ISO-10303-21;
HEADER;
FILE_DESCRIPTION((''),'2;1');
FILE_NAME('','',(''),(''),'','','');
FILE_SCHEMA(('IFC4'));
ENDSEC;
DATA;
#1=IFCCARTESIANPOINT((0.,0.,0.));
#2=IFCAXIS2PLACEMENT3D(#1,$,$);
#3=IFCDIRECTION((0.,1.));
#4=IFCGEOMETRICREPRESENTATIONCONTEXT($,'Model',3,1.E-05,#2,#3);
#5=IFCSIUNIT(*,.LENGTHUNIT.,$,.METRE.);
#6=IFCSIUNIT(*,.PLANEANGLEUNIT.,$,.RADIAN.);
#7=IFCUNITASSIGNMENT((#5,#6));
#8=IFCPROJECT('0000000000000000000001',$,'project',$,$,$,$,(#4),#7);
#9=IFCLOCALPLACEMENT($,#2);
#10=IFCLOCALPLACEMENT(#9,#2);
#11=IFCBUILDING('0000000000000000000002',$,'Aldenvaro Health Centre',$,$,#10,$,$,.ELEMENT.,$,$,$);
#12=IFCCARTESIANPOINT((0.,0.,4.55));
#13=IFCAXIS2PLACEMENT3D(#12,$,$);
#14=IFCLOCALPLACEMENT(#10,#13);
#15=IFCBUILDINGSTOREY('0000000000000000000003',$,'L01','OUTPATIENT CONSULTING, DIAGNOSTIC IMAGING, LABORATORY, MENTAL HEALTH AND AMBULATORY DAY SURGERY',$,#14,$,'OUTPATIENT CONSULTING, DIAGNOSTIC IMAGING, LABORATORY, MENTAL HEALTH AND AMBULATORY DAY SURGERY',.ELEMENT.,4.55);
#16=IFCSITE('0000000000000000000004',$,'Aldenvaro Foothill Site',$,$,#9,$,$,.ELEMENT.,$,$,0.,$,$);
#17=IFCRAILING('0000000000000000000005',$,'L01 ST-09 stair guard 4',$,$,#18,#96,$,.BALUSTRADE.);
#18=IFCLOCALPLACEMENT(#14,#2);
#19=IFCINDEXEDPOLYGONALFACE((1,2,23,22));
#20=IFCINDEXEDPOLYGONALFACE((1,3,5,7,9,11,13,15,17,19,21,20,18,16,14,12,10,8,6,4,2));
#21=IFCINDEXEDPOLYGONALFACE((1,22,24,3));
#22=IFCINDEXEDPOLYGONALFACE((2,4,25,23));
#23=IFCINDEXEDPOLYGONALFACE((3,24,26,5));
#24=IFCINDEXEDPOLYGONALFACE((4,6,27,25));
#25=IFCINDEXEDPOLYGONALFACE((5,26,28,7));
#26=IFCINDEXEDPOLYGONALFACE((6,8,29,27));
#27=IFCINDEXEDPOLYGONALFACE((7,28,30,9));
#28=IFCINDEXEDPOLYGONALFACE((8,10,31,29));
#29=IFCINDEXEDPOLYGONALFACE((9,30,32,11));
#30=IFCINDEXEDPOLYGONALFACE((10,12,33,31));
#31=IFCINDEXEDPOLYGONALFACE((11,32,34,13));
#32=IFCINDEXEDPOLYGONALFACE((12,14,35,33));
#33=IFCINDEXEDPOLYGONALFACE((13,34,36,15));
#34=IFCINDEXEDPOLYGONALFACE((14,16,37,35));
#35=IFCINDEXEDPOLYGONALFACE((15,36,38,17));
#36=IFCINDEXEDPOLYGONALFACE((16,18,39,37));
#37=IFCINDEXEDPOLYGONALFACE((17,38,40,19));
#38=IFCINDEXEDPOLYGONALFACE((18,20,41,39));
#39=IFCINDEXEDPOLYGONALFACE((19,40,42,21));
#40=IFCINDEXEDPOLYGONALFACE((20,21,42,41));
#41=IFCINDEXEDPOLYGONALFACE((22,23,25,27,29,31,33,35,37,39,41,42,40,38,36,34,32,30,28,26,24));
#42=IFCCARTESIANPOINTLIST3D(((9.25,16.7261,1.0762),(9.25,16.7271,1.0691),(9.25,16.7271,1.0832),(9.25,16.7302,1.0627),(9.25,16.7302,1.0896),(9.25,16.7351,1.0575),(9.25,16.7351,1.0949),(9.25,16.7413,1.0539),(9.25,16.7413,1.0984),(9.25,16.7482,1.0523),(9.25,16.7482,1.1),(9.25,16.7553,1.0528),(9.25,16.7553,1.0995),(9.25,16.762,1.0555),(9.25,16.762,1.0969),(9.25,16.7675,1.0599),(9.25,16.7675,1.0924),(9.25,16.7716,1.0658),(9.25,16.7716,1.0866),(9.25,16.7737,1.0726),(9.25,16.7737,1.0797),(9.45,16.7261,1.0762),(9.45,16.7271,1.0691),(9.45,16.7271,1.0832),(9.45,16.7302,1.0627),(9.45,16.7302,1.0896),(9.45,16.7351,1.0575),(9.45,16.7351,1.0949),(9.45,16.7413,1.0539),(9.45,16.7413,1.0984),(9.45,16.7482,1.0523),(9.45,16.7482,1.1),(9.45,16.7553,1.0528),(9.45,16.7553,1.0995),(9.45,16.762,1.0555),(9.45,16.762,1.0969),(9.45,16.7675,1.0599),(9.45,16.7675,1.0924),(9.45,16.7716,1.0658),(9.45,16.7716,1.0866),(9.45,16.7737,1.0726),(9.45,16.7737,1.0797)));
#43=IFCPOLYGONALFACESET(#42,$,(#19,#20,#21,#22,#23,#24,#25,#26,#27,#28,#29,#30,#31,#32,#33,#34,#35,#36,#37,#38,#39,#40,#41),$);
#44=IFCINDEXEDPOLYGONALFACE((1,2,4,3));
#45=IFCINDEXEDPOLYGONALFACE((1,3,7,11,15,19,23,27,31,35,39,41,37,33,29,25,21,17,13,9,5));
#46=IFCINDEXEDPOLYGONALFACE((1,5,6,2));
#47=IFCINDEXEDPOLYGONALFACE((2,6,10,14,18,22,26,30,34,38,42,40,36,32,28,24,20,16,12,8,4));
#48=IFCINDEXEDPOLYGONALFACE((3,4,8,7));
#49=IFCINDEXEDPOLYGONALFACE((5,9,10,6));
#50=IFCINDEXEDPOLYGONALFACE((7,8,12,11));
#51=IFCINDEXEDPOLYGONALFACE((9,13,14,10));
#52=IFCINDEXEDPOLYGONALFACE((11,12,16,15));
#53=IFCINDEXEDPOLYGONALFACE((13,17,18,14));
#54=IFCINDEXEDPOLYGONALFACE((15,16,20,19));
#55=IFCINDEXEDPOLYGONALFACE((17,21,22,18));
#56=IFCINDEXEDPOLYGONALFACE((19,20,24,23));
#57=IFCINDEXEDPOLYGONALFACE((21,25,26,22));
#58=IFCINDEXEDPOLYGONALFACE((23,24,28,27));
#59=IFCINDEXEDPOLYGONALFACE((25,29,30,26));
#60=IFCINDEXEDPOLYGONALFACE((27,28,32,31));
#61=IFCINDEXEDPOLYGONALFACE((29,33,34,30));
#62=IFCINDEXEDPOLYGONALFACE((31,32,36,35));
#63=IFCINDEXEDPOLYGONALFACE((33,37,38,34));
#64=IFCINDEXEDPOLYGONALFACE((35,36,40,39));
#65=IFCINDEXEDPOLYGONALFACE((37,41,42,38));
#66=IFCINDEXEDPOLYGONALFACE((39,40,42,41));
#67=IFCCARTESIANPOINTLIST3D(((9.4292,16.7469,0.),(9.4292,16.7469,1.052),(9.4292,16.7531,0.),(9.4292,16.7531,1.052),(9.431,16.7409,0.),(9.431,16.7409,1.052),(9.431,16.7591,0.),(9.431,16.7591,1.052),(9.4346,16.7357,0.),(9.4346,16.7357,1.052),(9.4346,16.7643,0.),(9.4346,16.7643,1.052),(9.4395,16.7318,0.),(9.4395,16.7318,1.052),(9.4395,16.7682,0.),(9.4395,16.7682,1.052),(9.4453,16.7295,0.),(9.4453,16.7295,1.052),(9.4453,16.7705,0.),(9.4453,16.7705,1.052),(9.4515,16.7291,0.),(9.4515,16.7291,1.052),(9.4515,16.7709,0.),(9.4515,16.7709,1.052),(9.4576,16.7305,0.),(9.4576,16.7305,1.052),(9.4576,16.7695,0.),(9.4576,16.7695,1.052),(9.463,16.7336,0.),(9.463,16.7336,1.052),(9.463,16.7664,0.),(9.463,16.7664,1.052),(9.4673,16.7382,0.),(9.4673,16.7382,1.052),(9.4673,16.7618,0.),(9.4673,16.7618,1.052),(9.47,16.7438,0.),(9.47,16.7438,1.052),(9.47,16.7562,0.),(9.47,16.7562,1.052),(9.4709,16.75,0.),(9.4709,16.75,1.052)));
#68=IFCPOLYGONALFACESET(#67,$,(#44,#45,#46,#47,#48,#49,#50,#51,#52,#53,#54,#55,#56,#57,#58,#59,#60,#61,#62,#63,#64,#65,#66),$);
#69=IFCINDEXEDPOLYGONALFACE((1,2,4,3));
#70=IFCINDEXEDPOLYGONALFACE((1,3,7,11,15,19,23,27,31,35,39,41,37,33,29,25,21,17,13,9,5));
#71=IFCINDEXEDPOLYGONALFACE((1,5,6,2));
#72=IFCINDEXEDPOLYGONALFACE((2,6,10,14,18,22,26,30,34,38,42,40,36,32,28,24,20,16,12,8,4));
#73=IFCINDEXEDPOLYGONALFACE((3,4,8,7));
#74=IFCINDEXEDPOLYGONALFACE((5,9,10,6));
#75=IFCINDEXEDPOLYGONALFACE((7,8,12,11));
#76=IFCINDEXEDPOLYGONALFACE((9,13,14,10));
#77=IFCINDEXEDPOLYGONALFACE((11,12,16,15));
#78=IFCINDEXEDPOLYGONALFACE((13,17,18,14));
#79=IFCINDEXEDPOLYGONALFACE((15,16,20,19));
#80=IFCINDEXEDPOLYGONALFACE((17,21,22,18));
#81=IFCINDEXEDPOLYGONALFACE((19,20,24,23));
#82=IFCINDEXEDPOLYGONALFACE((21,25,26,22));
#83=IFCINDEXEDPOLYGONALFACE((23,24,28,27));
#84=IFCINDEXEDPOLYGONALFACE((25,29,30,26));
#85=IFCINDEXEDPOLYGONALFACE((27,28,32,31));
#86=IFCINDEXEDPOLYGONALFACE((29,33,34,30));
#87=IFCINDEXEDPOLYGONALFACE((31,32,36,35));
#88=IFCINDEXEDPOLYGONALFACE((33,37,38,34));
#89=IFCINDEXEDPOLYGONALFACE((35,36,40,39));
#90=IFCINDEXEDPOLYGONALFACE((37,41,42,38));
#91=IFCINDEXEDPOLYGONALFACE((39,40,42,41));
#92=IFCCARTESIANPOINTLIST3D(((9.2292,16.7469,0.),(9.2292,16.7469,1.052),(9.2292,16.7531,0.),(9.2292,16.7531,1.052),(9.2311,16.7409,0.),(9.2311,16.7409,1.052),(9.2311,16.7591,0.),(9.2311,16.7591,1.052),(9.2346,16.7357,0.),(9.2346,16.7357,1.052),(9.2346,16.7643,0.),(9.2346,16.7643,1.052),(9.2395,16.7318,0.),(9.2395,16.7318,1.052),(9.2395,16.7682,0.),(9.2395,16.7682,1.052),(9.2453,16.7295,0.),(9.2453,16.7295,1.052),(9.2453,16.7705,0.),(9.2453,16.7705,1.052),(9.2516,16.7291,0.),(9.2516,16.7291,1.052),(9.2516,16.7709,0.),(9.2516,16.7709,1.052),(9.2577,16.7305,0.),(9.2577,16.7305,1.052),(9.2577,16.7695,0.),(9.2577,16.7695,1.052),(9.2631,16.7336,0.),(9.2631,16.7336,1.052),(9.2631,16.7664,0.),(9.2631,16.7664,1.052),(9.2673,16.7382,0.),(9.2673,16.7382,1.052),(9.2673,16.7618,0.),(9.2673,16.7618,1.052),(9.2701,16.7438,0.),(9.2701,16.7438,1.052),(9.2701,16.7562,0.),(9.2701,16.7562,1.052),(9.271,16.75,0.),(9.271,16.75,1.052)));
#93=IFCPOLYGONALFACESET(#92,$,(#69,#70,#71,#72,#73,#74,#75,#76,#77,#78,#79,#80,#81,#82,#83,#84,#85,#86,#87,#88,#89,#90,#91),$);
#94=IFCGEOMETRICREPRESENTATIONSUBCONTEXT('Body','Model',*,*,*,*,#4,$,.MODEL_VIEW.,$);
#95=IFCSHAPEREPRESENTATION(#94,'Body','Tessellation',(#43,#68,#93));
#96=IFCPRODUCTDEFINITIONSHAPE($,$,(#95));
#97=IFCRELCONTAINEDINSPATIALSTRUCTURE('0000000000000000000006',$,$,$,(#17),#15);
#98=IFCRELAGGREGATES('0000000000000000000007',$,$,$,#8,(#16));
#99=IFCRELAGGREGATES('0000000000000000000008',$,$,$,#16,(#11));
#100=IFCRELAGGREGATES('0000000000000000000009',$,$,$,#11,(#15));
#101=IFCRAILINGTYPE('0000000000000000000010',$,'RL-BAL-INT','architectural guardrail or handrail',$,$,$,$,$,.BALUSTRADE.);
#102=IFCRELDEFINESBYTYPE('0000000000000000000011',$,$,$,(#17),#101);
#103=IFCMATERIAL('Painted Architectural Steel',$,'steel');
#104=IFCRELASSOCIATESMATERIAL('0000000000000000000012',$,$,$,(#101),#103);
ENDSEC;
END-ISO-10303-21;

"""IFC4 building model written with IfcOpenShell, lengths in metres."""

from ifc_helpers import new_model, si_unit, direction, frame, origin, origin_2d, place, context, subcontext, project, spatial, circle, extrude, material, type_object, element, save


model = new_model("IFC4")

# Units and contexts
model_context = context("Model", 3, precision=1e-05, world=origin(), true_north=direction((0.0, 1.0)))
body_context = subcontext(model_context, "Body", "Model", "MODEL_VIEW")
ifc_project = project(units=[si_unit("LENGTHUNIT", "METRE"), si_unit("PLANEANGLEUNIT", "RADIAN")], contexts=[model_context])

# Site, building, storey
site_placement = place(None, origin())
site = spatial("IfcSite", under=ifc_project, at=site_placement, Name="Aldenvaro Foothill Site", CompositionType="ELEMENT", RefElevation=0.0)
building_placement = place(site_placement, origin())
building = spatial("IfcBuilding", under=site, at=building_placement, Name="Aldenvaro Health Centre", CompositionType="ELEMENT")
storey_placement = place(building_placement, frame((0.0, 0.0, 4.55)))
storey = spatial("IfcBuildingStorey", under=building, at=storey_placement, Name="L01", Description="OUTPATIENT CONSULTING, DIAGNOSTIC IMAGING, LABORATORY, MENTAL HEALTH AND AMBULATORY DAY SURGERY", LongName="OUTPATIENT CONSULTING, DIAGNOSTIC IMAGING, LABORATORY, MENTAL HEALTH AND AMBULATORY DAY SURGERY", CompositionType="ELEMENT", Elevation=4.55)

# Railing
ifc_material_1 = material(Name="Painted Architectural Steel", Category="steel")
railing_type_1 = type_object("IfcRailingType", Name="RL-BAL-INT", Description="architectural guardrail or handrail", PredefinedType="BALUSTRADE", material=ifc_material_1)
railing_1_placement = place(storey_placement, frame((9.45, 16.75, 0.0)))
element("IfcRailing", 1, at=railing_1_placement, inside=storey, type_object=railing_type_1, Name="L01 ST-09 stair guard 4", PredefinedType="BALUSTRADE", context=body_context, shape_type="SweptSolid", body=[
    extrude(circle(Radius=0.0239, at=origin_2d()), frame((0.0, 0.0, 1.0762), z_axis=(-1.0, 0.0, 0.0), x_axis=(0.0, -1.0, 0.0)), (0.0, 0.0, 1.0), 0.2),
    extrude(circle(Radius=0.021, at=origin_2d()), origin(), (0.0, 0.0, 1.0), 1.052),
    extrude(circle(Radius=0.021, at=origin_2d()), frame((-0.2, 0.0, 0.0)), (0.0, 0.0, 1.0), 1.052),
])

save(model, "model.ifc")
